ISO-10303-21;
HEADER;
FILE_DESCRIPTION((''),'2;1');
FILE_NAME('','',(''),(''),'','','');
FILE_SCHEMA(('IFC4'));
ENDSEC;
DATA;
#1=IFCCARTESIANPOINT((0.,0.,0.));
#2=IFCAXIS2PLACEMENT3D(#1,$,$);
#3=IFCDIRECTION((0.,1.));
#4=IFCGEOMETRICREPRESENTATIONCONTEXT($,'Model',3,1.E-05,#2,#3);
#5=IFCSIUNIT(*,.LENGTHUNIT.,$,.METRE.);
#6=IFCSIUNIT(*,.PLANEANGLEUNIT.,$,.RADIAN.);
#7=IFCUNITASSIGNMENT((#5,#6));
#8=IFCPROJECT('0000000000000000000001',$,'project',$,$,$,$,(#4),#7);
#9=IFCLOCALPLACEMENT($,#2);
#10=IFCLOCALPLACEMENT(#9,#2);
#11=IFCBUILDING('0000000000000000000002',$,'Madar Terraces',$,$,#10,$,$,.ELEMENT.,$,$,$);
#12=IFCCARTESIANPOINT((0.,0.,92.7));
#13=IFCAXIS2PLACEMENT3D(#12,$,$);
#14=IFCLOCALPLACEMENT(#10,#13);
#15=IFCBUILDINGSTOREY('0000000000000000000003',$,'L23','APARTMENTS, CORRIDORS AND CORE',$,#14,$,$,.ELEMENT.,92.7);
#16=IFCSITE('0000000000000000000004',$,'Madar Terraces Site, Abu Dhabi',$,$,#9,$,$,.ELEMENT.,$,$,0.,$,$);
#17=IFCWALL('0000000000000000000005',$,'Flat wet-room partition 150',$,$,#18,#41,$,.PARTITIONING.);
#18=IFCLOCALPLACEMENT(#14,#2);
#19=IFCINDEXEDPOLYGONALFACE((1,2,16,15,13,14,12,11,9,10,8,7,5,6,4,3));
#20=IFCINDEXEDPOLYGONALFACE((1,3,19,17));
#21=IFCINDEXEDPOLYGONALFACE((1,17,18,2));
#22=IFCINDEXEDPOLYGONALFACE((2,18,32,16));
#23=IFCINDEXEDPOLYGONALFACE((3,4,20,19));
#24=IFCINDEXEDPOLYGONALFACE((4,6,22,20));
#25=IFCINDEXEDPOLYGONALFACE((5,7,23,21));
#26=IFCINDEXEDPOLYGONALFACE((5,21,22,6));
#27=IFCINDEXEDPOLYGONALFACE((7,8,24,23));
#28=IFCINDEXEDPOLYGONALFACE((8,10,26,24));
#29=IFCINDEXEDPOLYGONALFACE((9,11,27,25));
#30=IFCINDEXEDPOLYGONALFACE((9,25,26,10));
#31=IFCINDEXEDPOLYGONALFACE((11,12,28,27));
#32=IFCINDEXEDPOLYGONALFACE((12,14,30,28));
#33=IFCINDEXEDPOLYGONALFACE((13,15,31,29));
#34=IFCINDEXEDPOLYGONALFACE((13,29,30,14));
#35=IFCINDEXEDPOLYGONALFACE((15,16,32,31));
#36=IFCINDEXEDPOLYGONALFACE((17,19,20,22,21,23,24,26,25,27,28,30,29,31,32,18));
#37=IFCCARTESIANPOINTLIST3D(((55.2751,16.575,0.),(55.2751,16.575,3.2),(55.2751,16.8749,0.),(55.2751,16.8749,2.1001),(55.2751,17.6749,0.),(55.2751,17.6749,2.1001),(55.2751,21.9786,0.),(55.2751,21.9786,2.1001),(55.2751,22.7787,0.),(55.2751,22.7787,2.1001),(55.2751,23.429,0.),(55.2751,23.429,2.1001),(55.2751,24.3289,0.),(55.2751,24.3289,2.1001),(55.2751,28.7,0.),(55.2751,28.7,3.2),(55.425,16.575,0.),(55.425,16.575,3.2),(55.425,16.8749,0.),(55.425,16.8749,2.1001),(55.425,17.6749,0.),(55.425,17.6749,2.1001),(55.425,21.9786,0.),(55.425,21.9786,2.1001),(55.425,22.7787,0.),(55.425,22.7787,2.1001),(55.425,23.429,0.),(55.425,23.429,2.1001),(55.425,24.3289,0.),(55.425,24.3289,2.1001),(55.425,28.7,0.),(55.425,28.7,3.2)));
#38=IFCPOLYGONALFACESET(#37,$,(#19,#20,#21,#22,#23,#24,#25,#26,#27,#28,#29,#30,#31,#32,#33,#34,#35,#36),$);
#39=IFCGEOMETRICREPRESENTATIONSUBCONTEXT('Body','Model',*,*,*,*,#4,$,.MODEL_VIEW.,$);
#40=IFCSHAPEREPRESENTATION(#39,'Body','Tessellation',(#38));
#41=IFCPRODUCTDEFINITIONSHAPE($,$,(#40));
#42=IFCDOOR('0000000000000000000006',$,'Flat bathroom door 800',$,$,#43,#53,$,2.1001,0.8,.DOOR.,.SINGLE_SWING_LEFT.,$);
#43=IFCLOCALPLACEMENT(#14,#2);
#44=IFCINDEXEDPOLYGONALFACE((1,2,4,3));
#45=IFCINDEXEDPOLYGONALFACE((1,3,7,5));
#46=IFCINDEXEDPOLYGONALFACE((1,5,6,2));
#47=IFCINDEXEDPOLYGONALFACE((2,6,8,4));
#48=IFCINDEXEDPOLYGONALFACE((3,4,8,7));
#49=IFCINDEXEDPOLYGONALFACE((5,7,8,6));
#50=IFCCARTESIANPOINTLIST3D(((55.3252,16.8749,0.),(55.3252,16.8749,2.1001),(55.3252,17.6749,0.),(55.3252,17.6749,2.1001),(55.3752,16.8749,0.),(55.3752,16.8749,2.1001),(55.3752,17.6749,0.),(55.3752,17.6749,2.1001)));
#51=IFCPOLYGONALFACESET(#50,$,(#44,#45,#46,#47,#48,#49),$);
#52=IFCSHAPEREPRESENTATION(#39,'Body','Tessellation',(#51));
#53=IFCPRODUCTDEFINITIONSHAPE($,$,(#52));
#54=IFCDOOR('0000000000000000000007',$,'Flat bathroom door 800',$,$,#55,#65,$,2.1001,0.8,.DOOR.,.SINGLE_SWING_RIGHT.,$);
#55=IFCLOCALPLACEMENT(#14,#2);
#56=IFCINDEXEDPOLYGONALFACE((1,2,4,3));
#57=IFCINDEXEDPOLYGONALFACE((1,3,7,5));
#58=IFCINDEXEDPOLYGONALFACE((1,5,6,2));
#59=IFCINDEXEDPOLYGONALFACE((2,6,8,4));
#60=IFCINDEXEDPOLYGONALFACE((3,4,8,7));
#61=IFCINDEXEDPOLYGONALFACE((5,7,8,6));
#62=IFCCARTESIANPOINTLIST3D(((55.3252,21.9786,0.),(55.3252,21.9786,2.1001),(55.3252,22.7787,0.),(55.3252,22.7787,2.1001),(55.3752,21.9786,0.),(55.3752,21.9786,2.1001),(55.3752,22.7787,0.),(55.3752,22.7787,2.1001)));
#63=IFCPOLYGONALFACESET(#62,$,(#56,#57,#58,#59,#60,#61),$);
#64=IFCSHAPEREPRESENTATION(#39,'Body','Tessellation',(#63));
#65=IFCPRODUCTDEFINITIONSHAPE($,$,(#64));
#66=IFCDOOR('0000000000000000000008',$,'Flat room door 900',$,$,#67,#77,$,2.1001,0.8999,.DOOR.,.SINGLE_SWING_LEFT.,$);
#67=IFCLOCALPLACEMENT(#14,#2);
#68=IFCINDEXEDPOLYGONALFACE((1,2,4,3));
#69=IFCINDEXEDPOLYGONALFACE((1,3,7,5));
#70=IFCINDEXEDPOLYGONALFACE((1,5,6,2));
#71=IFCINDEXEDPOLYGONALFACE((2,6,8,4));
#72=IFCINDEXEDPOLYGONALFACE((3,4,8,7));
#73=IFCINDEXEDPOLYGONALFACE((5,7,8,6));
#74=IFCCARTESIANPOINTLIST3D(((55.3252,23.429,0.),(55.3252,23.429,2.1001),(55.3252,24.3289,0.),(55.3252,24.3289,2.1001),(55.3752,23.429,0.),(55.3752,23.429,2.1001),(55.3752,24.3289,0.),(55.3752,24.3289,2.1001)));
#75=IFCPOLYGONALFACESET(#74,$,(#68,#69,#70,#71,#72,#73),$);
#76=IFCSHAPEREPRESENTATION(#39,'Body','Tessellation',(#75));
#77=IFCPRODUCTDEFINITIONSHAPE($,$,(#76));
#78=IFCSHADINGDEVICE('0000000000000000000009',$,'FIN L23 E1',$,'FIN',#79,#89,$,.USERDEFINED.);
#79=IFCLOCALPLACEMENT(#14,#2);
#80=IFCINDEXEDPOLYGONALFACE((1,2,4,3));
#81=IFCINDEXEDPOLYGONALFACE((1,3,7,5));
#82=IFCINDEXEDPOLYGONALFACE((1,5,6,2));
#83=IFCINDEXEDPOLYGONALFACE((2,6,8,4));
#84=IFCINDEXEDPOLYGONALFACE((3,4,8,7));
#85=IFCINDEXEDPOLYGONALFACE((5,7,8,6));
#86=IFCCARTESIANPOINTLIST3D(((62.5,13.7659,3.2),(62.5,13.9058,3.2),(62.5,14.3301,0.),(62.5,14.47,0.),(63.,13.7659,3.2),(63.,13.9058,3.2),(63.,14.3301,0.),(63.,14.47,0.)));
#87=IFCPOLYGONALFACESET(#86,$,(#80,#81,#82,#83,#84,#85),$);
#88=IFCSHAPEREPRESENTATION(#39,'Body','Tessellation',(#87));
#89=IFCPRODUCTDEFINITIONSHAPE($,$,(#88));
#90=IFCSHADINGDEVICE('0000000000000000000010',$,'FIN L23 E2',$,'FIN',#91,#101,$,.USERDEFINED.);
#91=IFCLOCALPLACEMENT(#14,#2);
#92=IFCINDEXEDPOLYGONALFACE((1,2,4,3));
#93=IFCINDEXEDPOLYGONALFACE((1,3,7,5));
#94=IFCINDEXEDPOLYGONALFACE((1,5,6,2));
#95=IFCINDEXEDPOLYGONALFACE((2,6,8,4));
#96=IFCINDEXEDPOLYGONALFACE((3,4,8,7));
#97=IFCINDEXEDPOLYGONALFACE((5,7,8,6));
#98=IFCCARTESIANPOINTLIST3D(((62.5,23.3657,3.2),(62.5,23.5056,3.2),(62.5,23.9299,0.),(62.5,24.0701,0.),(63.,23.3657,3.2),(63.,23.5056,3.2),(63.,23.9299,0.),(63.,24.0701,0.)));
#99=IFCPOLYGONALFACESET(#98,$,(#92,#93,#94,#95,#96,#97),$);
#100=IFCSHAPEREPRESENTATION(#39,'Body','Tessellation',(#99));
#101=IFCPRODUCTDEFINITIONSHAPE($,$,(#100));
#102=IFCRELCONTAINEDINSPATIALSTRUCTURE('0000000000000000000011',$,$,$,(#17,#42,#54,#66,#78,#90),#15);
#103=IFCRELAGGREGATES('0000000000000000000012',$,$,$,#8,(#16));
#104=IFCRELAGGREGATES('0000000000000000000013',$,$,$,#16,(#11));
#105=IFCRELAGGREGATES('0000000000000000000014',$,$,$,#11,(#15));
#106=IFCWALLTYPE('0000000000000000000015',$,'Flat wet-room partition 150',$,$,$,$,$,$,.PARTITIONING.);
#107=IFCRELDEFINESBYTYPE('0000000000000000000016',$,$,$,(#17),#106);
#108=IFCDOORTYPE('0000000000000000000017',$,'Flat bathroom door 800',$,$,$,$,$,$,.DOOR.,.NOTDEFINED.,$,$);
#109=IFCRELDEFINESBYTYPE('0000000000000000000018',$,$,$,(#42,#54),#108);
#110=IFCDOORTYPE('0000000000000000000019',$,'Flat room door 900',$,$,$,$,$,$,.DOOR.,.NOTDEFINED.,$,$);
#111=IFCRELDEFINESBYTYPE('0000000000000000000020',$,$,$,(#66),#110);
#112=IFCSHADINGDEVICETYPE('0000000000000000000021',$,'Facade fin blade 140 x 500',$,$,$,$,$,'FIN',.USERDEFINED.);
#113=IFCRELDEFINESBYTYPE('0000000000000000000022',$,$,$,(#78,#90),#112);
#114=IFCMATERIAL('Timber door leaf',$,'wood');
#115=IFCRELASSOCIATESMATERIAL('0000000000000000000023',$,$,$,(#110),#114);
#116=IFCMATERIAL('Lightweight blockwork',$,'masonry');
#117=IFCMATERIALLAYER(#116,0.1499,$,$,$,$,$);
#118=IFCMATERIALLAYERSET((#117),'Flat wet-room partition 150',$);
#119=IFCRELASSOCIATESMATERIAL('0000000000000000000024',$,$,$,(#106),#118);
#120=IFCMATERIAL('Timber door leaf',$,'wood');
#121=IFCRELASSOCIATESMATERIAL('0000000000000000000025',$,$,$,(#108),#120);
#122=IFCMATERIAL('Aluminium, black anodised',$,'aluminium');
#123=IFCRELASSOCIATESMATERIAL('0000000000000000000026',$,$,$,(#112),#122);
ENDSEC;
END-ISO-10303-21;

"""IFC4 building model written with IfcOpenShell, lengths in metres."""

from ifc_helpers import new_model, si_unit, direction, frame, frame_2d, origin, place, context, subcontext, project, spatial, polyline, rectangle, outline, extrude, material, layer, layer_set, type_object, element, fill, save


model = new_model("IFC4")

# Units and contexts
model_context = context("Model", 3, precision=1e-05, world=origin(), true_north=direction((0.0, 1.0)))
body_context = subcontext(model_context, "Body", "Model", "MODEL_VIEW")
ifc_project = project(units=[si_unit("LENGTHUNIT", "METRE"), si_unit("PLANEANGLEUNIT", "RADIAN")], contexts=[model_context])

# Site, building, storey
site_placement = place(None, origin())
site = spatial("IfcSite", under=ifc_project, at=site_placement, Name="Madar Terraces Site, Abu Dhabi", CompositionType="ELEMENT", RefElevation=0.0)
building_placement = place(site_placement, origin())
building = spatial("IfcBuilding", under=site, at=building_placement, Name="Madar Terraces", CompositionType="ELEMENT")
storey_placement = place(building_placement, frame((0.0, 0.0, 92.7)))
storey = spatial("IfcBuildingStorey", under=building, at=storey_placement, Name="L23", Description="APARTMENTS, CORRIDORS AND CORE", CompositionType="ELEMENT", Elevation=92.7)

# Shared definitions
ifc_material_1 = material(Name="Timber door leaf", Category="wood")
door_type_1 = type_object("IfcDoorType", Name="Flat room door 900", OperationType="NOTDEFINED", PredefinedType="DOOR", material=ifc_material_1)

# Shared definitions
ifc_material_2 = material(Name="Lightweight blockwork", Category="masonry")
ifc_layer_1 = layer(ifc_material_2, 0.1499)
ifc_layer_set_1 = layer_set([ifc_layer_1], Name="Flat wet-room partition 150")
wall_type_1 = type_object("IfcWallType", Name="Flat wet-room partition 150", PredefinedType="PARTITIONING", material=ifc_layer_set_1)

# Wall, openings, doors
wall_1_placement = place(storey_placement, frame((55.3501, 16.575, 0.0), z_axis=(0.0, 0.0, 1.0), x_axis=(0.0, 1.0, 0.0)))
wall_1 = element("IfcWall", 1, at=wall_1_placement, inside=storey, type_object=wall_type_1, Name="Flat wet-room partition 150", PredefinedType="PARTITIONING", context=body_context, shape_type="SweptSolid", body=[
    extrude(rectangle(XDim=12.125, YDim=0.1499, at=frame_2d((6.0625, 0.0))), origin(), (0.0, 0.0, 1.0), 3.2),
])
opening_1_placement = place(wall_1_placement, frame((0.3, 0.0, 0.0)))
opening_1 = element("IfcOpeningElement", 2, at=opening_1_placement, cuts=wall_1, PredefinedType="OPENING", context=body_context, shape_type="SweptSolid", body=[
    extrude(rectangle(XDim=0.8, YDim=2.1001, at=frame_2d((0.3999, 1.05))), frame((0.0, 0.085, 0.0), z_axis=(0.0, -1.0, 0.0), x_axis=(1.0, 0.0, 0.0)), (0.0, 0.0, 1.0), 0.1699),
])
opening_2_placement = place(wall_1_placement, frame((5.4038, 0.0, 0.0)))
opening_2 = element("IfcOpeningElement", 3, at=opening_2_placement, cuts=wall_1, PredefinedType="OPENING", context=body_context, shape_type="SweptSolid", body=[
    extrude(rectangle(XDim=0.8, YDim=2.1001, at=frame_2d((0.3999, 1.05))), frame((0.0, 0.085, 0.0), z_axis=(0.0, -1.0, 0.0), x_axis=(1.0, 0.0, 0.0)), (0.0, 0.0, 1.0), 0.1699),
])
opening_3_placement = place(wall_1_placement, frame((6.854, 0.0, 0.0)))
opening_3 = element("IfcOpeningElement", 4, at=opening_3_placement, cuts=wall_1, PredefinedType="OPENING", context=body_context, shape_type="SweptSolid", body=[
    extrude(rectangle(XDim=0.8999, YDim=2.1001, at=frame_2d((0.45, 1.05))), frame((0.0, 0.085, 0.0), z_axis=(0.0, -1.0, 0.0), x_axis=(1.0, 0.0, 0.0)), (0.0, 0.0, 1.0), 0.1699),
])
ifc_material_3 = material(Name="Timber door leaf", Category="wood")
door_type_2 = type_object("IfcDoorType", Name="Flat bathroom door 800", OperationType="NOTDEFINED", PredefinedType="DOOR", material=ifc_material_3)
door_1_placement = place(opening_1_placement, origin())
door_1 = element("IfcDoor", 5, at=door_1_placement, inside=storey, type_object=door_type_2, Name="Flat bathroom door 800", OperationType="SINGLE_SWING_LEFT", OverallHeight=2.1001, OverallWidth=0.8, PredefinedType="DOOR", context=body_context, shape_type="SweptSolid", body=[
    extrude(rectangle(XDim=0.8, YDim=2.1001, at=frame_2d((0.3999, 1.05))), frame((0.0, 0.0249, 0.0), z_axis=(0.0, -1.0, 0.0), x_axis=(1.0, 0.0, 0.0)), (0.0, 0.0, 1.0), 0.05),
])
fill(opening_1, door_1)
door_2_placement = place(opening_2_placement, origin())
door_2 = element("IfcDoor", 6, at=door_2_placement, inside=storey, type_object=door_type_2, Name="Flat bathroom door 800", OperationType="SINGLE_SWING_RIGHT", OverallHeight=2.1001, OverallWidth=0.8, PredefinedType="DOOR", context=body_context, shape_type="SweptSolid", body=[
    extrude(rectangle(XDim=0.8, YDim=2.1001, at=frame_2d((0.3999, 1.05))), frame((0.0, 0.0249, 0.0), z_axis=(0.0, -1.0, 0.0), x_axis=(1.0, 0.0, 0.0)), (0.0, 0.0, 1.0), 0.05),
])
fill(opening_2, door_2)
door_3_placement = place(opening_3_placement, origin())
door_3 = element("IfcDoor", 7, at=door_3_placement, inside=storey, type_object=door_type_1, Name="Flat room door 900", OperationType="SINGLE_SWING_LEFT", OverallHeight=2.1001, OverallWidth=0.8999, PredefinedType="DOOR", context=body_context, shape_type="SweptSolid", body=[
    extrude(rectangle(XDim=0.8999, YDim=2.1001, at=frame_2d((0.45, 1.05))), frame((0.0, 0.0249, 0.0), z_axis=(0.0, -1.0, 0.0), x_axis=(1.0, 0.0, 0.0)), (0.0, 0.0, 1.0), 0.05),
])
fill(opening_3, door_3)

# Shading devices
ifc_material_4 = material(Name="Aluminium, black anodised", Category="aluminium")
shading_device_type = type_object("IfcShadingDeviceType", Name="Facade fin blade 140 x 500", ElementType="FIN", PredefinedType="USERDEFINED", material=ifc_material_4)
shading_device_1_placement = place(storey_placement, frame((62.75, 14.3301, 0.0), z_axis=(0.0, 0.0, 1.0), x_axis=(0.0, 1.0, 0.0)))
element("IfcShadingDevice", 8, at=shading_device_1_placement, inside=storey, type_object=shading_device_type, Name="FIN L23 E1", ObjectType="FIN", PredefinedType="USERDEFINED", context=body_context, shape_type="SweptSolid", body=[
    extrude(outline(polyline([(0.0, 0.0), (0.1399, 0.0), (-0.4243, 3.2), (-0.5642, 3.2), (0.0, 0.0)])), frame((0.0, 0.25, 0.0), z_axis=(0.0, -1.0, 0.0), x_axis=(1.0, 0.0, 0.0)), (0.0, 0.0, 1.0), 0.5),
])
shading_device_2_placement = place(storey_placement, frame((62.75, 23.9299, 0.0), z_axis=(0.0, 0.0, 1.0), x_axis=(0.0, 1.0, 0.0)))
element("IfcShadingDevice", 9, at=shading_device_2_placement, inside=storey, type_object=shading_device_type, Name="FIN L23 E2", ObjectType="FIN", PredefinedType="USERDEFINED", context=body_context, shape_type="SweptSolid", body=[
    extrude(outline(polyline([(0.0, 0.0), (0.1401, 0.0), (-0.4243, 3.2), (-0.5642, 3.2), (0.0, 0.0)])), frame((0.0, 0.25, 0.0), z_axis=(0.0, -1.0, 0.0), x_axis=(1.0, 0.0, 0.0)), (0.0, 0.0, 1.0), 0.5),
])

save(model, "model.ifc")
